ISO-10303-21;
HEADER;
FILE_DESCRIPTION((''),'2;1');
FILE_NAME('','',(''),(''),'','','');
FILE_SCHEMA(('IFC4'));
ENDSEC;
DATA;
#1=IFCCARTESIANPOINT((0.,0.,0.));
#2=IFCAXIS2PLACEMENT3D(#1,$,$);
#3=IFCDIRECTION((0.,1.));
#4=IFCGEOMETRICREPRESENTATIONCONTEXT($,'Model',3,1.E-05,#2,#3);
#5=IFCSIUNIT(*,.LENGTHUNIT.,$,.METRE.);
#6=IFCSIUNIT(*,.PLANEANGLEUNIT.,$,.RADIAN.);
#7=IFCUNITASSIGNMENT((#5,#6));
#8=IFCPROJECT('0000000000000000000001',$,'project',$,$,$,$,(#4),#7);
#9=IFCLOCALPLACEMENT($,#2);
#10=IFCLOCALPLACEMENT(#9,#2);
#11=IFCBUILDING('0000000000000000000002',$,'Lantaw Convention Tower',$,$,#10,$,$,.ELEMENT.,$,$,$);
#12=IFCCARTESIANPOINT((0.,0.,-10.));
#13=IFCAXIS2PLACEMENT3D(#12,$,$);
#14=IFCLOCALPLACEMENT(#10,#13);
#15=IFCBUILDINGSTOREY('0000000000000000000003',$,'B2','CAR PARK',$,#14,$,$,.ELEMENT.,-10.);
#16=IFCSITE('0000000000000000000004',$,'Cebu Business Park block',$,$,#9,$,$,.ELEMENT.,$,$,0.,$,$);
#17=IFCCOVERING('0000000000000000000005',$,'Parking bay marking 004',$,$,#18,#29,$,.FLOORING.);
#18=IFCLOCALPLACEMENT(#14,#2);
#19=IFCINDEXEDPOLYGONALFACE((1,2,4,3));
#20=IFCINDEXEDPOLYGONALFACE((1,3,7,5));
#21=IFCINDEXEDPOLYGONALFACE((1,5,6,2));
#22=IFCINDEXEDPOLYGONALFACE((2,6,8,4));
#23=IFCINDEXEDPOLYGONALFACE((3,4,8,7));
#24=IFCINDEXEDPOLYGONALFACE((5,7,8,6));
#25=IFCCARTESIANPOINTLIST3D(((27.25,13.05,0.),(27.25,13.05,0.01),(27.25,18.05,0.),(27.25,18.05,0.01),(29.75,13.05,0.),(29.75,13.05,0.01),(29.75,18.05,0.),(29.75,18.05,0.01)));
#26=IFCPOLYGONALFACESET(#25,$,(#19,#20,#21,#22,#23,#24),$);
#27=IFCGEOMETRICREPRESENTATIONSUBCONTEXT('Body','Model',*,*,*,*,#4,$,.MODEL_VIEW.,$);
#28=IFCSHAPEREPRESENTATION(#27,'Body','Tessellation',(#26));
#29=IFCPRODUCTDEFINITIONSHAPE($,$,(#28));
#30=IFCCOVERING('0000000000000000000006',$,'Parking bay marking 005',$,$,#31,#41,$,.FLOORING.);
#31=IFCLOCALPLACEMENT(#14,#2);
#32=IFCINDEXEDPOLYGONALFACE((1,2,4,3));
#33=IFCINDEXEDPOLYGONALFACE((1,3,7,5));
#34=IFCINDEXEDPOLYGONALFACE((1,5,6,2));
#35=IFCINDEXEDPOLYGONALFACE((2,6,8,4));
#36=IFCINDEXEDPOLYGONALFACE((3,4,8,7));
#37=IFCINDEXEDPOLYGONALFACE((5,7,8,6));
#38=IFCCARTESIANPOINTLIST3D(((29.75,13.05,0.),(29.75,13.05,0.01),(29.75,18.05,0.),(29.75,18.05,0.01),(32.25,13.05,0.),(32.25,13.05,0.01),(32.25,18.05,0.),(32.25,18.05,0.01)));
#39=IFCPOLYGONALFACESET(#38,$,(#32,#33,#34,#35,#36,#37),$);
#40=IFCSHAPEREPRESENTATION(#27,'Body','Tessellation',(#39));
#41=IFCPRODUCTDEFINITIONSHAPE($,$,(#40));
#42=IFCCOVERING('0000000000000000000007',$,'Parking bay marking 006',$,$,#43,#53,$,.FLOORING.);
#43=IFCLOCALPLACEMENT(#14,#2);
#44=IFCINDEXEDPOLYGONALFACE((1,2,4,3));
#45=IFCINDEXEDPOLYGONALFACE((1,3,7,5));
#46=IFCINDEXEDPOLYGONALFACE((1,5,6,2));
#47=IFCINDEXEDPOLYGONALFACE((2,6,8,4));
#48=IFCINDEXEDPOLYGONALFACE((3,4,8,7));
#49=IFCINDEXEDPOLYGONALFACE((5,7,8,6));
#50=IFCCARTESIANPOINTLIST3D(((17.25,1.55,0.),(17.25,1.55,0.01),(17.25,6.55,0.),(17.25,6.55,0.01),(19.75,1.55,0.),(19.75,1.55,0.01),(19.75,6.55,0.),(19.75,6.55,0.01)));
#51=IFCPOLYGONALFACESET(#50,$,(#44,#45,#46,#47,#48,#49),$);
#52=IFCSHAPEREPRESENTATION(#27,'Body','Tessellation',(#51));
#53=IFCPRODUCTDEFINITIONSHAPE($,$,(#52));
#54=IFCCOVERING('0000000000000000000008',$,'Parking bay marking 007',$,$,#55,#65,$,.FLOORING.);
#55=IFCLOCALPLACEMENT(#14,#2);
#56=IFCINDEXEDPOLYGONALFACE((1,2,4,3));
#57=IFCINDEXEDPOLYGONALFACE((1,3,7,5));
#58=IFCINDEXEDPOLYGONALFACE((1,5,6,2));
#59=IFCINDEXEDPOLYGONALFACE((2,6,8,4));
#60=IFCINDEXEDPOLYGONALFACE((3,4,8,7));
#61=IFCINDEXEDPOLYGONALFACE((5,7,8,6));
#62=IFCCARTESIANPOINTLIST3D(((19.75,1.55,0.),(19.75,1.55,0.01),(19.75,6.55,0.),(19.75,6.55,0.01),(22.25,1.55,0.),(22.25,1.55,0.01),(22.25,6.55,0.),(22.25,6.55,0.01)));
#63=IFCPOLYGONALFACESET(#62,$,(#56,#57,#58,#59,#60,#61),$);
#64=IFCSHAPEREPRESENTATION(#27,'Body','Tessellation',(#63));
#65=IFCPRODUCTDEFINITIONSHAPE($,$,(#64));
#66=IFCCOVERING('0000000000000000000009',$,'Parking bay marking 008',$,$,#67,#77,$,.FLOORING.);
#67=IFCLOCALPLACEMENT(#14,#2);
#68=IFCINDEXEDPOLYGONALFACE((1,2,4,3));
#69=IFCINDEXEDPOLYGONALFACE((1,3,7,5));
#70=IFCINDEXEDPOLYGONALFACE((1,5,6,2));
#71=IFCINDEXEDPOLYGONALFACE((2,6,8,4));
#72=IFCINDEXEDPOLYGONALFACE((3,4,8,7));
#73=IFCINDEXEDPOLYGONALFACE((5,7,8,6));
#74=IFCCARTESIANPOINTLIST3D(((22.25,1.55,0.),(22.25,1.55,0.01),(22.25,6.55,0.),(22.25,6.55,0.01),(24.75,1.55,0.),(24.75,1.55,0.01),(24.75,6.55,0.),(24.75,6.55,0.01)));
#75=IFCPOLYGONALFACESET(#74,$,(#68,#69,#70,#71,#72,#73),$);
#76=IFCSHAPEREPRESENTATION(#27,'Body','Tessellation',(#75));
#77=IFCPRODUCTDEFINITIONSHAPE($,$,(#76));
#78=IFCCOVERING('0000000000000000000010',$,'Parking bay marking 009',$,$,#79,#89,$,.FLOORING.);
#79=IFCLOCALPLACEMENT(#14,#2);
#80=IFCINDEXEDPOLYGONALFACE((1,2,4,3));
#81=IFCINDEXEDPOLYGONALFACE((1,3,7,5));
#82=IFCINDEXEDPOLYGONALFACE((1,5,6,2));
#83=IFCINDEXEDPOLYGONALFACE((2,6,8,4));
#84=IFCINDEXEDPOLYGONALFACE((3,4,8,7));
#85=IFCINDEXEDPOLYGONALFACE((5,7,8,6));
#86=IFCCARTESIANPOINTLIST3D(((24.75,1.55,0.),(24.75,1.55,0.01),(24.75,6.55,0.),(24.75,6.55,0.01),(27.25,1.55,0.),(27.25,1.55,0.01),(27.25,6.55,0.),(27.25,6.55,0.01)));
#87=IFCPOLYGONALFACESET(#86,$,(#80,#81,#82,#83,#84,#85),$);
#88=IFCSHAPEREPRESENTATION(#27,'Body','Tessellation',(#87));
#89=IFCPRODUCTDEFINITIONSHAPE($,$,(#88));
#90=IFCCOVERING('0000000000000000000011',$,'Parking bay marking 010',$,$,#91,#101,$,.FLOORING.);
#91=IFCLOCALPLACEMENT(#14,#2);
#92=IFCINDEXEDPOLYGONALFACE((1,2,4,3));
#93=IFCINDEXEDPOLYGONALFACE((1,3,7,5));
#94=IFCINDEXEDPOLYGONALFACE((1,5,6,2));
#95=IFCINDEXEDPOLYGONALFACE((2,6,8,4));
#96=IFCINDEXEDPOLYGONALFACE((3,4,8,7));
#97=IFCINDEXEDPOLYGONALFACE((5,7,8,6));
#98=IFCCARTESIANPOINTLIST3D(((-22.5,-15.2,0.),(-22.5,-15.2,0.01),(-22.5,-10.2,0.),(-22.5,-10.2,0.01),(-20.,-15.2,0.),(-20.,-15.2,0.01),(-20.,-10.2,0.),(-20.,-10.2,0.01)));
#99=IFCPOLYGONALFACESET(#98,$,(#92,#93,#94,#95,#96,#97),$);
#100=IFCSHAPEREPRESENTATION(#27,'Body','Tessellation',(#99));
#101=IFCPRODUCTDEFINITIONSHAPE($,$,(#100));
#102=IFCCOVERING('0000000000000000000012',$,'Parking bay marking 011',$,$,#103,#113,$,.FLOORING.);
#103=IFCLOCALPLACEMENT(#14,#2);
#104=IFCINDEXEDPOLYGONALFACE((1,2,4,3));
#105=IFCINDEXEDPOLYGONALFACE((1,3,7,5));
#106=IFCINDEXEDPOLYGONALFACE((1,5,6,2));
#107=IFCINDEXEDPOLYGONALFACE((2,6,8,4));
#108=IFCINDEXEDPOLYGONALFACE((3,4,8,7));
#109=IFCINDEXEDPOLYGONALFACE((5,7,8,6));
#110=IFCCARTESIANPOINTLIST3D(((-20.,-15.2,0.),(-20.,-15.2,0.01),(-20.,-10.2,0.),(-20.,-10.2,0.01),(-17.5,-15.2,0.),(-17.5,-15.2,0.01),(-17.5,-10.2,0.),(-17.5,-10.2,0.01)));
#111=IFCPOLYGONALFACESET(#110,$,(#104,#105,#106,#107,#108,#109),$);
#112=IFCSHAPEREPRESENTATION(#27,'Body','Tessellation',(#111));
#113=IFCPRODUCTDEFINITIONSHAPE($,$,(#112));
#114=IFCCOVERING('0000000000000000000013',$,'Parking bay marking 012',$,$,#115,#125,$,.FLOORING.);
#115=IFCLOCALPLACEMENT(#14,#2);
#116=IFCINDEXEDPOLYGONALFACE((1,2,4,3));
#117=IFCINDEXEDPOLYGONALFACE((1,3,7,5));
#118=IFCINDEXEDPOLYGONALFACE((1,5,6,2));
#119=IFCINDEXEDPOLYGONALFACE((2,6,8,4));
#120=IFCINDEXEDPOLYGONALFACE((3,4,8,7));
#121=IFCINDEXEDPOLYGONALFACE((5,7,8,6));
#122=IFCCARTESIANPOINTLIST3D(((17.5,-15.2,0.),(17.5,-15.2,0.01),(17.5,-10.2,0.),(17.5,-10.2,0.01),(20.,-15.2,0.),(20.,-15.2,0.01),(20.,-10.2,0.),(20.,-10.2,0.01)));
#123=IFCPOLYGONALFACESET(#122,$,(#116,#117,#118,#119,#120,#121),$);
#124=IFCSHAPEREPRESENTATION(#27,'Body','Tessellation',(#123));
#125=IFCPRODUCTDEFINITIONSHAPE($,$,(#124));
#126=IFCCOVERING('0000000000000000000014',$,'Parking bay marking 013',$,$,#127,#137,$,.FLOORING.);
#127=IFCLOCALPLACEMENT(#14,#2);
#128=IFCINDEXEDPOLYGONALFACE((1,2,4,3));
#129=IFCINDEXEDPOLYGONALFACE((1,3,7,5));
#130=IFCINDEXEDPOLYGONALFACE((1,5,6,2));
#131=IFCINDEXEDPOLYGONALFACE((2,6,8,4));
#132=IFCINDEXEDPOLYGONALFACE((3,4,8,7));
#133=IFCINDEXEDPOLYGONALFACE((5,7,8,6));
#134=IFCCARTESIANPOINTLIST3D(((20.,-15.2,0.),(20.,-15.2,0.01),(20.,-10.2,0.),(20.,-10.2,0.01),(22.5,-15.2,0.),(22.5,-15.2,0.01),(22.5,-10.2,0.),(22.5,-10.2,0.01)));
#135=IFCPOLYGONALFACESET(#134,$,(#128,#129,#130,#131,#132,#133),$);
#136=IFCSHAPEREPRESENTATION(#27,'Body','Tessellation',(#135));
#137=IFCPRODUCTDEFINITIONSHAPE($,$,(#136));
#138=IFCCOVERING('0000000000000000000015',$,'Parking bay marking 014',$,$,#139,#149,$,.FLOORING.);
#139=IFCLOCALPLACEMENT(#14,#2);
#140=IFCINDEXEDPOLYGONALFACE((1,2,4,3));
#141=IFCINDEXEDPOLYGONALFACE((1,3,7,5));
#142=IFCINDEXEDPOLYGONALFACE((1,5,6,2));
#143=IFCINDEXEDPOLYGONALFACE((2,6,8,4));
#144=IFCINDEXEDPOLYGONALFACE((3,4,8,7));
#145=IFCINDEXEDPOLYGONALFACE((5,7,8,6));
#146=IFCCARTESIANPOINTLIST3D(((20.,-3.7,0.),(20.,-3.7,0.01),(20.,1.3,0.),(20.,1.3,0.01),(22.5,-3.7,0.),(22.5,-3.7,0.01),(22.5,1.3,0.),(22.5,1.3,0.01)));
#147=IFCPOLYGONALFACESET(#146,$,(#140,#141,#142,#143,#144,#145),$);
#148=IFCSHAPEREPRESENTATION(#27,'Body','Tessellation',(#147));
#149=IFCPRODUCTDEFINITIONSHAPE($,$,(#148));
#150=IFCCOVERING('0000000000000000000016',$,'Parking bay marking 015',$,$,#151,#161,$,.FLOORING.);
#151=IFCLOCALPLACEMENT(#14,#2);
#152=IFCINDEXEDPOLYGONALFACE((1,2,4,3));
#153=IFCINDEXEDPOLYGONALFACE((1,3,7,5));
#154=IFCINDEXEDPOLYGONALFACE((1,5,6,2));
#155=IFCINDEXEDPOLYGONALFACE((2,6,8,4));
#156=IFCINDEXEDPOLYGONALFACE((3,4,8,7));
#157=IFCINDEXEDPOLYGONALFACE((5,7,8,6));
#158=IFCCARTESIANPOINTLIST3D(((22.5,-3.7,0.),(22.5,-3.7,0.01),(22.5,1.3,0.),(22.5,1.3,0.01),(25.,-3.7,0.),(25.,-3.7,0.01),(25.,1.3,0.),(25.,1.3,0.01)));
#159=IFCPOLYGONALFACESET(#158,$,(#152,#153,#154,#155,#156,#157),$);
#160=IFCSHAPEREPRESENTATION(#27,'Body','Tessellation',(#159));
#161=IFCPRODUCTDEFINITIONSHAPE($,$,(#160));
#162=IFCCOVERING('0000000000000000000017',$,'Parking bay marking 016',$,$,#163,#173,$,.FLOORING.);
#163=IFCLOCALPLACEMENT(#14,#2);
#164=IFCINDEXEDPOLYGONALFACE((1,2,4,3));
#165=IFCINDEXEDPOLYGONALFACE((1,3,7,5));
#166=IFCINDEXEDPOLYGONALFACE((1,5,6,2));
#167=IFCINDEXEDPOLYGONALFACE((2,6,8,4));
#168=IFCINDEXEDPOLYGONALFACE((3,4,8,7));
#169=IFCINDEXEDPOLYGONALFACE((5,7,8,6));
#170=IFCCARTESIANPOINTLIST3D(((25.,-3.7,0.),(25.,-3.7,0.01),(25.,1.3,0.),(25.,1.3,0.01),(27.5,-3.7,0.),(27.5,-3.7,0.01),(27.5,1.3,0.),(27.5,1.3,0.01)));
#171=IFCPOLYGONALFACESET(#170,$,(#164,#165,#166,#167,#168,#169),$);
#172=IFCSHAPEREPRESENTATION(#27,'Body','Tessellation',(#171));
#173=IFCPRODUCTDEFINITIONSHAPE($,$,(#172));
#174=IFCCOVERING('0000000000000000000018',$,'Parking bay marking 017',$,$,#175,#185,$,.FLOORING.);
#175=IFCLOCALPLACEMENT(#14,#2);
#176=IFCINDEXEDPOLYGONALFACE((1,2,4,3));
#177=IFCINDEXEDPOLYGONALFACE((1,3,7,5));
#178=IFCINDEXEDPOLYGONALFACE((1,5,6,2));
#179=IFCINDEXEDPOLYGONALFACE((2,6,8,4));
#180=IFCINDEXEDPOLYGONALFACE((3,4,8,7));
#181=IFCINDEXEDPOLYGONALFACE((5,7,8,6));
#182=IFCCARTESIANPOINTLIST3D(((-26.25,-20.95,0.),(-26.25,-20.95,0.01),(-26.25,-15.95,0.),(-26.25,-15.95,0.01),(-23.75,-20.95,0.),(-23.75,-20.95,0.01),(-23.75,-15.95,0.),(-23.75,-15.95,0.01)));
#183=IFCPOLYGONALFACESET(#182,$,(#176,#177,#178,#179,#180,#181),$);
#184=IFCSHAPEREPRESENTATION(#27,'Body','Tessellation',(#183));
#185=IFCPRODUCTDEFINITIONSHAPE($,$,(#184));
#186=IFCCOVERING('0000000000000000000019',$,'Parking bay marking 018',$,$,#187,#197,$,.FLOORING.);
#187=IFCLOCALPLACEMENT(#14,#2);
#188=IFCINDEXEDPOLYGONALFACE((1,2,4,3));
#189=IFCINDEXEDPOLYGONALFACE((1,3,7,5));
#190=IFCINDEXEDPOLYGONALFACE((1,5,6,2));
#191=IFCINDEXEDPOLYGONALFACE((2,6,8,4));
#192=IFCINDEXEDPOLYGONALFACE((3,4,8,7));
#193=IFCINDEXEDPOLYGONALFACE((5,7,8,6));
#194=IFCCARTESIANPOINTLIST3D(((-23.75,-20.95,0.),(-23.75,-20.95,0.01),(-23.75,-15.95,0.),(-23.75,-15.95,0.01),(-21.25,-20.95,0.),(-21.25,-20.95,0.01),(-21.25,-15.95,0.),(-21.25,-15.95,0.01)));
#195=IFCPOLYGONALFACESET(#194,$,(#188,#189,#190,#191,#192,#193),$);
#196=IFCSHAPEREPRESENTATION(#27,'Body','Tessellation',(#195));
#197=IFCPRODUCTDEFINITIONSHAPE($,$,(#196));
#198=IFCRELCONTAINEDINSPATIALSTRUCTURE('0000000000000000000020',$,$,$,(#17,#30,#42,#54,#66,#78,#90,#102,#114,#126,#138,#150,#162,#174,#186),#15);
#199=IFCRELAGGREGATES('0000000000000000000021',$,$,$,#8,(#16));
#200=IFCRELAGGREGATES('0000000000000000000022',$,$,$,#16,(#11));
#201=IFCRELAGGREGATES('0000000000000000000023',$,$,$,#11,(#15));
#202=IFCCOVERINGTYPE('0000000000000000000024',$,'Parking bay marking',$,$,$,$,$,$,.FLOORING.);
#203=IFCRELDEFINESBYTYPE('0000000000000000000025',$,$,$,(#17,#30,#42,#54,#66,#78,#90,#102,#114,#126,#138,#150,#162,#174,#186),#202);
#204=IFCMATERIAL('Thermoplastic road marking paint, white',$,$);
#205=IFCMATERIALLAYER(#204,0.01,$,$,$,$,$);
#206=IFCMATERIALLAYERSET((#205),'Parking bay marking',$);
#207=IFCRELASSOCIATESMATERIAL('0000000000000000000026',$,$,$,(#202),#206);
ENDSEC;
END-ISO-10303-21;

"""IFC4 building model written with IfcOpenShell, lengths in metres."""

from ifc_helpers import new_model, si_unit, direction, frame, origin, place, context, subcontext, project, spatial, polyline, outline, extrude, material, layer, layer_set, type_object, element, save


model = new_model("IFC4")

# Units and contexts
model_context = context("Model", 3, precision=1e-05, world=origin(), true_north=direction((0.0, 1.0)))
body_context = subcontext(model_context, "Body", "Model", "MODEL_VIEW")
ifc_project = project(units=[si_unit("LENGTHUNIT", "METRE"), si_unit("PLANEANGLEUNIT", "RADIAN")], contexts=[model_context])

# Site, building, storey
site_placement = place(None, origin())
site = spatial("IfcSite", under=ifc_project, at=site_placement, Name="Cebu Business Park block", CompositionType="ELEMENT", RefElevation=0.0)
building_placement = place(site_placement, origin())
building = spatial("IfcBuilding", under=site, at=building_placement, Name="Lantaw Convention Tower", CompositionType="ELEMENT")
storey_placement = place(building_placement, frame((0.0, 0.0, -10.0)))
storey = spatial("IfcBuildingStorey", under=building, at=storey_placement, Name="B2", Description="CAR PARK", CompositionType="ELEMENT", Elevation=-10.0)

# Coverings
ifc_material_1 = material(Name="Thermoplastic road marking paint, white")
ifc_layer_1 = layer(ifc_material_1, 0.01)
ifc_layer_set_1 = layer_set([ifc_layer_1], Name="Parking bay marking")
covering_type = type_object("IfcCoveringType", Name="Parking bay marking", PredefinedType="FLOORING", material=ifc_layer_set_1)
covering_1_placement = place(storey_placement, origin())
element("IfcCovering", 1, at=covering_1_placement, inside=storey, type_object=covering_type, Name="Parking bay marking 004", PredefinedType="FLOORING", context=body_context, shape_type="SweptSolid", body=[
    extrude(outline(polyline([(27.25, 13.05), (29.75, 13.05), (29.75, 18.05), (27.25, 18.05), (27.25, 13.05)])), origin(), (0.0, 0.0, 1.0), 0.01),
])
covering_2_placement = place(storey_placement, origin())
element("IfcCovering", 2, at=covering_2_placement, inside=storey, type_object=covering_type, Name="Parking bay marking 005", PredefinedType="FLOORING", context=body_context, shape_type="SweptSolid", body=[
    extrude(outline(polyline([(29.75, 13.05), (32.25, 13.05), (32.25, 18.05), (29.75, 18.05), (29.75, 13.05)])), origin(), (0.0, 0.0, 1.0), 0.01),
])
covering_3_placement = place(storey_placement, origin())
element("IfcCovering", 3, at=covering_3_placement, inside=storey, type_object=covering_type, Name="Parking bay marking 006", PredefinedType="FLOORING", context=body_context, shape_type="SweptSolid", body=[
    extrude(outline(polyline([(17.25, 1.55), (19.75, 1.55), (19.75, 6.55), (17.25, 6.55), (17.25, 1.55)])), origin(), (0.0, 0.0, 1.0), 0.01),
])
covering_4_placement = place(storey_placement, origin())
element("IfcCovering", 4, at=covering_4_placement, inside=storey, type_object=covering_type, Name="Parking bay marking 007", PredefinedType="FLOORING", context=body_context, shape_type="SweptSolid", body=[
    extrude(outline(polyline([(19.75, 1.55), (22.25, 1.55), (22.25, 6.55), (19.75, 6.55), (19.75, 1.55)])), origin(), (0.0, 0.0, 1.0), 0.01),
])
covering_5_placement = place(storey_placement, origin())
element("IfcCovering", 5, at=covering_5_placement, inside=storey, type_object=covering_type, Name="Parking bay marking 008", PredefinedType="FLOORING", context=body_context, shape_type="SweptSolid", body=[
    extrude(outline(polyline([(22.25, 1.55), (24.75, 1.55), (24.75, 6.55), (22.25, 6.55), (22.25, 1.55)])), origin(), (0.0, 0.0, 1.0), 0.01),
])
covering_6_placement = place(storey_placement, origin())
element("IfcCovering", 6, at=covering_6_placement, inside=storey, type_object=covering_type, Name="Parking bay marking 009", PredefinedType="FLOORING", context=body_context, shape_type="SweptSolid", body=[
    extrude(outline(polyline([(24.75, 1.55), (27.25, 1.55), (27.25, 6.55), (24.75, 6.55), (24.75, 1.55)])), origin(), (0.0, 0.0, 1.0), 0.01),
])
covering_7_placement = place(storey_placement, origin())
element("IfcCovering", 7, at=covering_7_placement, inside=storey, type_object=covering_type, Name="Parking bay marking 010", PredefinedType="FLOORING", context=body_context, shape_type="SweptSolid", body=[
    extrude(outline(polyline([(-22.5, -15.2), (-20.0, -15.2), (-20.0, -10.2), (-22.5, -10.2), (-22.5, -15.2)])), origin(), (0.0, 0.0, 1.0), 0.01),
])
covering_8_placement = place(storey_placement, origin())
element("IfcCovering", 8, at=covering_8_placement, inside=storey, type_object=covering_type, Name="Parking bay marking 011", PredefinedType="FLOORING", context=body_context, shape_type="SweptSolid", body=[
    extrude(outline(polyline([(-20.0, -15.2), (-17.5, -15.2), (-17.5, -10.2), (-20.0, -10.2), (-20.0, -15.2)])), origin(), (0.0, 0.0, 1.0), 0.01),
])
covering_9_placement = place(storey_placement, origin())
element("IfcCovering", 9, at=covering_9_placement, inside=storey, type_object=covering_type, Name="Parking bay marking 012", PredefinedType="FLOORING", context=body_context, shape_type="SweptSolid", body=[
    extrude(outline(polyline([(17.5, -15.2), (20.0, -15.2), (20.0, -10.2), (17.5, -10.2), (17.5, -15.2)])), origin(), (0.0, 0.0, 1.0), 0.01),
])
covering_10_placement = place(storey_placement, origin())
element("IfcCovering", 10, at=covering_10_placement, inside=storey, type_object=covering_type, Name="Parking bay marking 013", PredefinedType="FLOORING", context=body_context, shape_type="SweptSolid", body=[
    extrude(outline(polyline([(20.0, -15.2), (22.5, -15.2), (22.5, -10.2), (20.0, -10.2), (20.0, -15.2)])), origin(), (0.0, 0.0, 1.0), 0.01),
])
covering_11_placement = place(storey_placement, origin())
element("IfcCovering", 11, at=covering_11_placement, inside=storey, type_object=covering_type, Name="Parking bay marking 014", PredefinedType="FLOORING", context=body_context, shape_type="SweptSolid", body=[
    extrude(outline(polyline([(20.0, -3.7), (22.5, -3.7), (22.5, 1.3), (20.0, 1.3), (20.0, -3.7)])), origin(), (0.0, 0.0, 1.0), 0.01),
])
covering_12_placement = place(storey_placement, origin())
element("IfcCovering", 12, at=covering_12_placement, inside=storey, type_object=covering_type, Name="Parking bay marking 015", PredefinedType="FLOORING", context=body_context, shape_type="SweptSolid", body=[
    extrude(outline(polyline([(22.5, -3.7), (25.0, -3.7), (25.0, 1.3), (22.5, 1.3), (22.5, -3.7)])), origin(), (0.0, 0.0, 1.0), 0.01),
])
covering_13_placement = place(storey_placement, origin())
element("IfcCovering", 13, at=covering_13_placement, inside=storey, type_object=covering_type, Name="Parking bay marking 016", PredefinedType="FLOORING", context=body_context, shape_type="SweptSolid", body=[
    extrude(outline(polyline([(25.0, -3.7), (27.5, -3.7), (27.5, 1.3), (25.0, 1.3), (25.0, -3.7)])), origin(), (0.0, 0.0, 1.0), 0.01),
])
covering_14_placement = place(storey_placement, origin())
element("IfcCovering", 14, at=covering_14_placement, inside=storey, type_object=covering_type, Name="Parking bay marking 017", PredefinedType="FLOORING", context=body_context, shape_type="SweptSolid", body=[
    extrude(outline(polyline([(-26.25, -20.95), (-23.75, -20.95), (-23.75, -15.95), (-26.25, -15.95), (-26.25, -20.95)])), origin(), (0.0, 0.0, 1.0), 0.01),
])
covering_15_placement = place(storey_placement, origin())
element("IfcCovering", 15, at=covering_15_placement, inside=storey, type_object=covering_type, Name="Parking bay marking 018", PredefinedType="FLOORING", context=body_context, shape_type="SweptSolid", body=[
    extrude(outline(polyline([(-23.75, -20.95), (-21.25, -20.95), (-21.25, -15.95), (-23.75, -15.95), (-23.75, -20.95)])), origin(), (0.0, 0.0, 1.0), 0.01),
])

save(model, "model.ifc")
